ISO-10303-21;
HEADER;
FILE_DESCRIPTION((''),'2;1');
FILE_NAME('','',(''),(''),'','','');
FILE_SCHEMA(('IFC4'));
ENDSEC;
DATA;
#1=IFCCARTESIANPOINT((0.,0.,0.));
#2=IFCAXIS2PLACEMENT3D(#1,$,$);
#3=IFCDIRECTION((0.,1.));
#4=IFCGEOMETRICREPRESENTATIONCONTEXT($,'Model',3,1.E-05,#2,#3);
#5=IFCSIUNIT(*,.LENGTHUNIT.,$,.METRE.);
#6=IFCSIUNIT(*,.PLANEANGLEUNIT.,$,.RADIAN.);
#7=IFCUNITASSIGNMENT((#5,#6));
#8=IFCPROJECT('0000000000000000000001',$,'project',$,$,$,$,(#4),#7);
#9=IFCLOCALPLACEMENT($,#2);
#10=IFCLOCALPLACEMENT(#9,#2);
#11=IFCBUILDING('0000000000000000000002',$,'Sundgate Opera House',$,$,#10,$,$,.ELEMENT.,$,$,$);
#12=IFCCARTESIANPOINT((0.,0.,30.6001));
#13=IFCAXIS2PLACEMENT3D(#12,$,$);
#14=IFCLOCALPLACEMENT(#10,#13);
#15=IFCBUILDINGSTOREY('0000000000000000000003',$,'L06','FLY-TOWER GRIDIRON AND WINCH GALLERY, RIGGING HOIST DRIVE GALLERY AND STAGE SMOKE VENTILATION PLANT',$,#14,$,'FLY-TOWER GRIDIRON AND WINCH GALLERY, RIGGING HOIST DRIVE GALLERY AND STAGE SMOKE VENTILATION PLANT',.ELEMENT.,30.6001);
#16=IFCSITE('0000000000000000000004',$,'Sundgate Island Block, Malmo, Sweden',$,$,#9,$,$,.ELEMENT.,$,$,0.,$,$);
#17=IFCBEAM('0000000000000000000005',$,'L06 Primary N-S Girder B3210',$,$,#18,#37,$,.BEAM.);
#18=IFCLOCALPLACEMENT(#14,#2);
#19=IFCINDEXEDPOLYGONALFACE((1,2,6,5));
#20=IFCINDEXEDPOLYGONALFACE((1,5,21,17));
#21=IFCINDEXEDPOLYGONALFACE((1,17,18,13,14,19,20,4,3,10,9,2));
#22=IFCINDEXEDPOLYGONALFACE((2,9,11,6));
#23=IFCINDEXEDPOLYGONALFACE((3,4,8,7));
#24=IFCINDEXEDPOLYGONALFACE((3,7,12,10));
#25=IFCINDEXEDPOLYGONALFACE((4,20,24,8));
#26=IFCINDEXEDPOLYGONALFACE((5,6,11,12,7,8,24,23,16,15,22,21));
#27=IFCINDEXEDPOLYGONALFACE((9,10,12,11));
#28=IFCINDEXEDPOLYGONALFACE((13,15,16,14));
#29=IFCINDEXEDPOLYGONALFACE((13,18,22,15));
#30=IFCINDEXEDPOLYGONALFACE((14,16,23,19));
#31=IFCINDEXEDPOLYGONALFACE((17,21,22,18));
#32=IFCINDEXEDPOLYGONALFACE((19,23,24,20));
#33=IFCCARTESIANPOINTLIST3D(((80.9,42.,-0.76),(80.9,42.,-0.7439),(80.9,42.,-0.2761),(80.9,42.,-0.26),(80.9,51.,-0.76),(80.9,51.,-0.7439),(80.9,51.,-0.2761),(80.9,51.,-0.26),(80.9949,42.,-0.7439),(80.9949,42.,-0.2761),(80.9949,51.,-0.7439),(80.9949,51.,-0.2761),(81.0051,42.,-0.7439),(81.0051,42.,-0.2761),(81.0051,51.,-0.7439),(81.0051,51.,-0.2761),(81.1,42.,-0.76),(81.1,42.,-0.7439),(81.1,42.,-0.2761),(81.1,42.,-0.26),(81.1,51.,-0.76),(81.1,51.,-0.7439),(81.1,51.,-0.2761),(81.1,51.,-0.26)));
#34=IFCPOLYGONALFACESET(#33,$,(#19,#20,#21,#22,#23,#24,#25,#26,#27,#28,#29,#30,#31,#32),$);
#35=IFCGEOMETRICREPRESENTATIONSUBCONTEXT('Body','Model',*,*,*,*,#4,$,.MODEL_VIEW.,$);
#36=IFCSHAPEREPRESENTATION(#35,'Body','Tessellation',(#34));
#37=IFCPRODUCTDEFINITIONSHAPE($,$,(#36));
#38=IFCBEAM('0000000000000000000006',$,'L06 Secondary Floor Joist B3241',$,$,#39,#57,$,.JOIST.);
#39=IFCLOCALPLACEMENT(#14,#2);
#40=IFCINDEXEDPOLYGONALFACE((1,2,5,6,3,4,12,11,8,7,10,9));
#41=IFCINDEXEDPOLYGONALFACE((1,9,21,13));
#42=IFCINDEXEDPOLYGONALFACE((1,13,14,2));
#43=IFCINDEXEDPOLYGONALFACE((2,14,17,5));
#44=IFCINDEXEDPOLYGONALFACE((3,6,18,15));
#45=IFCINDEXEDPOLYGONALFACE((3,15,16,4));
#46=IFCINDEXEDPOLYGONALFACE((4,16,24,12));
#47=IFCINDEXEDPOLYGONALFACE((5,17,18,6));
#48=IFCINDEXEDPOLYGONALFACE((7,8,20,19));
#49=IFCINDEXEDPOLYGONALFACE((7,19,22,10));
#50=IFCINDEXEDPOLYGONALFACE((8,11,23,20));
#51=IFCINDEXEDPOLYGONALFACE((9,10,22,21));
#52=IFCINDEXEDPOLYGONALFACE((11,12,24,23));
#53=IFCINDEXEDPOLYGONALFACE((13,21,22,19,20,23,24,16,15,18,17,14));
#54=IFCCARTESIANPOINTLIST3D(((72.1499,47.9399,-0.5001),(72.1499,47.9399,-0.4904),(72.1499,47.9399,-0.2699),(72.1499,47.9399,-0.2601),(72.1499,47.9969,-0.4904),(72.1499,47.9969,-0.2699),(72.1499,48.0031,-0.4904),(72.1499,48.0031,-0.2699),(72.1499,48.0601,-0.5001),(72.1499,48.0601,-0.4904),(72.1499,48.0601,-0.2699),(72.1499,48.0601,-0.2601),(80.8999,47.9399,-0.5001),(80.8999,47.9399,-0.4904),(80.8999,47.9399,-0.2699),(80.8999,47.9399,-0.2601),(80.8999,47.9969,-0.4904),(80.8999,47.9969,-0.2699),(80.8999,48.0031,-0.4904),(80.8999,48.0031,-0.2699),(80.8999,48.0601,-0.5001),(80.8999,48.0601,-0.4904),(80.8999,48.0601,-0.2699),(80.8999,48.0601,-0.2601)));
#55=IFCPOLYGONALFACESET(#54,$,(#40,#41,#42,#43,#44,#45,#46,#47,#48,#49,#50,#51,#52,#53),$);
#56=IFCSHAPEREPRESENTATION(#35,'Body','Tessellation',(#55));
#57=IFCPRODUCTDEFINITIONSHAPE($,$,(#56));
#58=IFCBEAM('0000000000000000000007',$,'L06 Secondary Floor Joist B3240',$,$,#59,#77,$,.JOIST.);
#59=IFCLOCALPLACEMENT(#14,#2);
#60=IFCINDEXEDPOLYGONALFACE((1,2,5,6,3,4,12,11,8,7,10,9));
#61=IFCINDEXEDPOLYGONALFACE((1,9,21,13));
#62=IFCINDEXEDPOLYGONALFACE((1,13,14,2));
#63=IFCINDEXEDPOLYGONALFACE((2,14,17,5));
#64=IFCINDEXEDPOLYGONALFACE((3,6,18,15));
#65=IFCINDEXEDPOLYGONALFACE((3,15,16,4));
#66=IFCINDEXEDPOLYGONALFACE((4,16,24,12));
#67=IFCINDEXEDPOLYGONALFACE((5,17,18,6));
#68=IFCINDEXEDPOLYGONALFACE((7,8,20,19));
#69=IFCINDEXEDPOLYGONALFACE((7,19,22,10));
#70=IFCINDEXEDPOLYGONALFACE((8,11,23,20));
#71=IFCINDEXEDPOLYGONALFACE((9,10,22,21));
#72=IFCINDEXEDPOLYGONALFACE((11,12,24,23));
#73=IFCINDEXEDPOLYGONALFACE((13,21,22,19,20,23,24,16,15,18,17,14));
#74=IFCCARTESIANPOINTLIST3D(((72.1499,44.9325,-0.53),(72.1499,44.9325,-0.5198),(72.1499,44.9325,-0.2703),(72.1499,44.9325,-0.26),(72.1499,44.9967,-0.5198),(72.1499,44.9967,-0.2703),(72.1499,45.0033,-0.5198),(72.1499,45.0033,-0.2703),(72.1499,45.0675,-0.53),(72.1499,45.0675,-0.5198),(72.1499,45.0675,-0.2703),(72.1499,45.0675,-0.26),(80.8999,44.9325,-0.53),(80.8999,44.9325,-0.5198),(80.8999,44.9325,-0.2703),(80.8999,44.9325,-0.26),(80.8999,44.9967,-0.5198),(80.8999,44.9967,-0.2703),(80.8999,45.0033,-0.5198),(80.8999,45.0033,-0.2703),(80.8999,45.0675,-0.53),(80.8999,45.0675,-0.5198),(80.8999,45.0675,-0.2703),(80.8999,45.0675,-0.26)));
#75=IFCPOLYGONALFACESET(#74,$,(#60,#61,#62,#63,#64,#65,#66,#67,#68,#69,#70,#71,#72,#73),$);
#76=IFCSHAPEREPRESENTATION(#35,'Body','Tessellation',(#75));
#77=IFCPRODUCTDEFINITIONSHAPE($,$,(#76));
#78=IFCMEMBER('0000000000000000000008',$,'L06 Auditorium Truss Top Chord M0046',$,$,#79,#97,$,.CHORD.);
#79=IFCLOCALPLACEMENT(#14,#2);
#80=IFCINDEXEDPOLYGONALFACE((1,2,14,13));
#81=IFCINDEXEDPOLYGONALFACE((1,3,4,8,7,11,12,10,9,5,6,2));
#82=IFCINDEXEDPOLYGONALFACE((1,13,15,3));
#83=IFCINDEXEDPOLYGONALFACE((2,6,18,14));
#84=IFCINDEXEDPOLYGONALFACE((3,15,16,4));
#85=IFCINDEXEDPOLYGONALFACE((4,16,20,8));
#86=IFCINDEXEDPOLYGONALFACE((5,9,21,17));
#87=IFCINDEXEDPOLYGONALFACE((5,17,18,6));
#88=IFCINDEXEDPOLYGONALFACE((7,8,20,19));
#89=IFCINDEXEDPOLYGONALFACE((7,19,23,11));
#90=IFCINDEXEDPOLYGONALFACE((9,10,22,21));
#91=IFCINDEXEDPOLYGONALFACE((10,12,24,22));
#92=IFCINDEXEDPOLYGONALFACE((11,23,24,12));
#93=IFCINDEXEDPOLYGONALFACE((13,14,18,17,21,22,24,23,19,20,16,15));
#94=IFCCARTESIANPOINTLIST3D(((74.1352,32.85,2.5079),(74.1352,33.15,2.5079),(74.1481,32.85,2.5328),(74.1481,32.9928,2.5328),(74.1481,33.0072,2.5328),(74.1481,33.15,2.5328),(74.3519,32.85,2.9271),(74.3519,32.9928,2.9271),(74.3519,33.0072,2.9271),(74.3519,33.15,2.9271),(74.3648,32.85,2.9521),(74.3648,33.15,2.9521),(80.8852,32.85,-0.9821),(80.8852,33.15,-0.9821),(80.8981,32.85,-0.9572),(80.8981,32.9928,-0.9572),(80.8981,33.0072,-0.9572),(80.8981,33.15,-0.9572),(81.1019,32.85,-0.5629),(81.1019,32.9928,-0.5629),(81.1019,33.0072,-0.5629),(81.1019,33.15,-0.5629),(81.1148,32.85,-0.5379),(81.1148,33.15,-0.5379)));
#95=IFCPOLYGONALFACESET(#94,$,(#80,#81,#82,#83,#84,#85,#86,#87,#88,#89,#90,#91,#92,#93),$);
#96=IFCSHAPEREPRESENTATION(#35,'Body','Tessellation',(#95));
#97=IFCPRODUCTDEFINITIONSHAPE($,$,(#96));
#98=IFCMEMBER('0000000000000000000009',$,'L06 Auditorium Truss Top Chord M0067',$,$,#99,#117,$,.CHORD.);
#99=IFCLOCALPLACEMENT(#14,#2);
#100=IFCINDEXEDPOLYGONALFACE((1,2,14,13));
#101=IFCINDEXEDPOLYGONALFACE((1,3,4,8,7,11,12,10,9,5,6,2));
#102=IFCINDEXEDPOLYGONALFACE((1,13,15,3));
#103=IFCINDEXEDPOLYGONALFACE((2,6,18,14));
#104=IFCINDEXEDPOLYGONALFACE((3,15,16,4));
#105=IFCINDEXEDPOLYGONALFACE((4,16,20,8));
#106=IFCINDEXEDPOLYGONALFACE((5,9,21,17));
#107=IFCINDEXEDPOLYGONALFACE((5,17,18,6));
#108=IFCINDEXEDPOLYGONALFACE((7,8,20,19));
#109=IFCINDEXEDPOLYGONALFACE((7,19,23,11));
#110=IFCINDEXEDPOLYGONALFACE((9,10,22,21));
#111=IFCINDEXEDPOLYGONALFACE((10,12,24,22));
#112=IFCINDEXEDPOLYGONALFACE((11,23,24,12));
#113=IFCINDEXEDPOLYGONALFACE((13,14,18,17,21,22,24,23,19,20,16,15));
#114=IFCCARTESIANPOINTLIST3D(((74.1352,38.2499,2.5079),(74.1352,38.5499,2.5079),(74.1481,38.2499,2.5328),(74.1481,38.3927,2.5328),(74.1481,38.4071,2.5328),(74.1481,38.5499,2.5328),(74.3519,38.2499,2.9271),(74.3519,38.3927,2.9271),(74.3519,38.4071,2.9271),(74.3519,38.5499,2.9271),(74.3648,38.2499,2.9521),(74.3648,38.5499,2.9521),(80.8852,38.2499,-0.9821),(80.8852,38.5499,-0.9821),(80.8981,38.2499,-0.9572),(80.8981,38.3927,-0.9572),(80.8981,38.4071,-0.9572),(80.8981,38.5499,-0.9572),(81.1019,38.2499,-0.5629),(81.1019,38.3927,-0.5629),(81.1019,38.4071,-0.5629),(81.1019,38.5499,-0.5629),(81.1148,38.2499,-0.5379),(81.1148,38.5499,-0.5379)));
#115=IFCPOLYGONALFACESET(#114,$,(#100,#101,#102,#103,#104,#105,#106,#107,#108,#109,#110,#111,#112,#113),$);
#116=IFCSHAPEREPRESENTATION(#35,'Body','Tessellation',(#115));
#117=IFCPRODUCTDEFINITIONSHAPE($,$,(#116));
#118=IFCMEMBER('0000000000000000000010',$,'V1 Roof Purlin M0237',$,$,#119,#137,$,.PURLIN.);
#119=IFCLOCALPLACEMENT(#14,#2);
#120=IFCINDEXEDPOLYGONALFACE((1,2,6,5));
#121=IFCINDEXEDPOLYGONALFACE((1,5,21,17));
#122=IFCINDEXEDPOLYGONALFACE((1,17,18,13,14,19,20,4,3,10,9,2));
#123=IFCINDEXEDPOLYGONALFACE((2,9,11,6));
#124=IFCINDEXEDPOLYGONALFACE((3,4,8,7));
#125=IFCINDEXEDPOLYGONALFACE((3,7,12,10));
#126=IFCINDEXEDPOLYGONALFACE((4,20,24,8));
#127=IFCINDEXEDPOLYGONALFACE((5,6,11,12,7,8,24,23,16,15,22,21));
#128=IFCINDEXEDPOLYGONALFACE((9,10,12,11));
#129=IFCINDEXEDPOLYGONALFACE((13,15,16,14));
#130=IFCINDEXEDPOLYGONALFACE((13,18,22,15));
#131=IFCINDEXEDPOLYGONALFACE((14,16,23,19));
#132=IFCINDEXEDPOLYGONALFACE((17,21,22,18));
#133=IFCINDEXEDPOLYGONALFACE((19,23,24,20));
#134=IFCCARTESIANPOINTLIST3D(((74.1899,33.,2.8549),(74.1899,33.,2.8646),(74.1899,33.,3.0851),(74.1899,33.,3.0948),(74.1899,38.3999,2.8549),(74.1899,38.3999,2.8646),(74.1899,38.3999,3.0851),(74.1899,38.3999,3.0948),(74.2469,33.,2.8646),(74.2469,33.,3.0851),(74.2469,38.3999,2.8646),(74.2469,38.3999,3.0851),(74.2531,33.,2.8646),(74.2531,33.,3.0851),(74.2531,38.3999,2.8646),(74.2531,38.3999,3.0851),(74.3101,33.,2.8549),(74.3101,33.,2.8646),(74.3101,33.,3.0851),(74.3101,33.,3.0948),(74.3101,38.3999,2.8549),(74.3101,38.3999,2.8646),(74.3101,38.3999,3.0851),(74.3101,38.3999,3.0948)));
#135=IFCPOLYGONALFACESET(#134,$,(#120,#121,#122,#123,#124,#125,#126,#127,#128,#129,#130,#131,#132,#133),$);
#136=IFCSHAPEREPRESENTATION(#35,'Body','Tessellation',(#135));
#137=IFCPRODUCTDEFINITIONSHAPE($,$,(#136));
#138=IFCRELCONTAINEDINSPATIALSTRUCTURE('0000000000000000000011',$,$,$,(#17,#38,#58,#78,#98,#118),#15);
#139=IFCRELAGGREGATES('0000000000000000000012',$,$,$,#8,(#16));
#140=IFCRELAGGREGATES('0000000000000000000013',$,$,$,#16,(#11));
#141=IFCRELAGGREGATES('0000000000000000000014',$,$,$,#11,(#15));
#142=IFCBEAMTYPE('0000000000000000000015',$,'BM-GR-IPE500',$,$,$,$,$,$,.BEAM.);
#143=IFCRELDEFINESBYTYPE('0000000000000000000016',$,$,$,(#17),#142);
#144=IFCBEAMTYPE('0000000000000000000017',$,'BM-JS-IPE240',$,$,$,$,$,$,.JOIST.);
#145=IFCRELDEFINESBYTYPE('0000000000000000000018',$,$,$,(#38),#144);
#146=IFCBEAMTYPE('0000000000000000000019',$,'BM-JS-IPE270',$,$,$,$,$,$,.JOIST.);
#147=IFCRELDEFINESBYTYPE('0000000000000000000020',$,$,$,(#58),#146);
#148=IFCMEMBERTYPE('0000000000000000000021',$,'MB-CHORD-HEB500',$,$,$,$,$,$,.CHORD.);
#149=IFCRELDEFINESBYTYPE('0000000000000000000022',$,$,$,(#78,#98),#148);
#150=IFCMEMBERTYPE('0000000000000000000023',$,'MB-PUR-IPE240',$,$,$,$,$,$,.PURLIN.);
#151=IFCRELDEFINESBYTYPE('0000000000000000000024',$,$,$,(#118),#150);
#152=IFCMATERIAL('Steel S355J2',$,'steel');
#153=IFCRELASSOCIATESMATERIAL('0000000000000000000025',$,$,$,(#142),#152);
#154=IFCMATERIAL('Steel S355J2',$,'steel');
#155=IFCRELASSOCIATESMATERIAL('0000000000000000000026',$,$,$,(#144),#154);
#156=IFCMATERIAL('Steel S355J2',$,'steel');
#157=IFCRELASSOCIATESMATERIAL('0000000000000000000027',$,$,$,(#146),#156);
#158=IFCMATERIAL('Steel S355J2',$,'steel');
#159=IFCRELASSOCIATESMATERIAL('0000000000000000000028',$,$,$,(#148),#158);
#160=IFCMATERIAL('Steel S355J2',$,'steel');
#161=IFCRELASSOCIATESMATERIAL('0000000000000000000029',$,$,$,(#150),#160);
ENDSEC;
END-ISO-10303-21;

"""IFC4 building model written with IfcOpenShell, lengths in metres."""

from ifc_helpers import new_model, si_unit, direction, frame, origin, origin_2d, place, context, subcontext, project, spatial, i_section, extrude, material, material_profile, profile_set, type_object, element, save


model = new_model("IFC4")

# Units and contexts
model_context = context("Model", 3, precision=1e-05, world=origin(), true_north=direction((0.0, 1.0)))
body_context = subcontext(model_context, "Body", "Model", "MODEL_VIEW")
ifc_project = project(units=[si_unit("LENGTHUNIT", "METRE"), si_unit("PLANEANGLEUNIT", "RADIAN")], contexts=[model_context])

# Site, building, storey
site_placement = place(None, origin())
site = spatial("IfcSite", under=ifc_project, at=site_placement, Name="Sundgate Island Block, Malmo, Sweden", CompositionType="ELEMENT", RefElevation=0.0)
building_placement = place(site_placement, origin())
building = spatial("IfcBuilding", under=site, at=building_placement, Name="Sundgate Opera House", CompositionType="ELEMENT")
storey_placement = place(building_placement, frame((0.0, 0.0, 30.6001)))
storey = spatial("IfcBuildingStorey", under=building, at=storey_placement, Name="L06", Description="FLY-TOWER GRIDIRON AND WINCH GALLERY, RIGGING HOIST DRIVE GALLERY AND STAGE SMOKE VENTILATION PLANT", LongName="FLY-TOWER GRIDIRON AND WINCH GALLERY, RIGGING HOIST DRIVE GALLERY AND STAGE SMOKE VENTILATION PLANT", CompositionType="ELEMENT", Elevation=30.6001)

# Beams
ifc_material_1 = material(Name="Steel S355J2", Category="steel")
ifc_material_profile_1 = material_profile(ifc_material_1, i_section(OverallWidth=0.2, OverallDepth=0.5, WebThickness=0.0103, FlangeThickness=0.0161, at=origin_2d()), Name="IPE 500")
ifc_profile_set_1 = profile_set([ifc_material_profile_1], Name="Steel S355J2")
beam_type_1 = type_object("IfcBeamType", Name="BM-GR-IPE500", PredefinedType="BEAM", material=ifc_profile_set_1)
beam_1_placement = place(storey_placement, frame((81.0, 42.0, -0.51), z_axis=(0.0, 1.0, 0.0), x_axis=(-1.0, 0.0, 0.0)))
element("IfcBeam", 1, at=beam_1_placement, inside=storey, type_object=beam_type_1, Name="L06 Primary N-S Girder B3210", PredefinedType="BEAM", context=body_context, shape_type="SweptSolid", body=[
    extrude(i_section(OverallWidth=0.2, OverallDepth=0.5, WebThickness=0.0103, FlangeThickness=0.0161, at=origin_2d()), origin(), (0.0, 0.0, 1.0), 9.0),
])
ifc_material_2 = material(Name="Steel S355J2", Category="steel")
ifc_material_profile_2 = material_profile(ifc_material_2, i_section(OverallWidth=0.1201, OverallDepth=0.24, WebThickness=0.0061, FlangeThickness=0.0098, at=origin_2d()), Name="IPE 240")
ifc_profile_set_2 = profile_set([ifc_material_profile_2], Name="Steel S355J2")
beam_type_2 = type_object("IfcBeamType", Name="BM-JS-IPE240", PredefinedType="JOIST", material=ifc_profile_set_2)
beam_2_placement = place(storey_placement, frame((72.1499, 48.0, -0.3801), z_axis=(1.0, 0.0, 0.0), x_axis=(0.0, 1.0, 0.0)))
element("IfcBeam", 2, at=beam_2_placement, inside=storey, type_object=beam_type_2, Name="L06 Secondary Floor Joist B3241", PredefinedType="JOIST", context=body_context, shape_type="SweptSolid", body=[
    extrude(i_section(OverallWidth=0.1201, OverallDepth=0.24, WebThickness=0.0061, FlangeThickness=0.0098, at=origin_2d()), origin(), (0.0, 0.0, 1.0), 8.75),
])
ifc_material_3 = material(Name="Steel S355J2", Category="steel")
ifc_material_profile_3 = material_profile(ifc_material_3, i_section(OverallWidth=0.135, OverallDepth=0.27, WebThickness=0.0066, FlangeThickness=0.0103, at=origin_2d()), Name="IPE 270")
ifc_profile_set_3 = profile_set([ifc_material_profile_3], Name="Steel S355J2")
beam_type_3 = type_object("IfcBeamType", Name="BM-JS-IPE270", PredefinedType="JOIST", material=ifc_profile_set_3)
beam_3_placement = place(storey_placement, frame((72.1499, 45.0, -0.395), z_axis=(1.0, 0.0, 0.0), x_axis=(0.0, 1.0, 0.0)))
element("IfcBeam", 3, at=beam_3_placement, inside=storey, type_object=beam_type_3, Name="L06 Secondary Floor Joist B3240", PredefinedType="JOIST", context=body_context, shape_type="SweptSolid", body=[
    extrude(i_section(OverallWidth=0.135, OverallDepth=0.27, WebThickness=0.0066, FlangeThickness=0.0103, at=origin_2d()), origin(), (0.0, 0.0, 1.0), 8.75),
])

# Members
ifc_material_4 = material(Name="Steel S355J2", Category="steel")
ifc_material_profile_4 = material_profile(ifc_material_4, i_section(OverallWidth=0.3, OverallDepth=0.5, WebThickness=0.0144, FlangeThickness=0.0281, at=origin_2d()), Name="HEB 500")
ifc_profile_set_4 = profile_set([ifc_material_profile_4], Name="Steel S355J2")
member_type_1 = type_object("IfcMemberType", Name="MB-CHORD-HEB500", PredefinedType="CHORD", material=ifc_profile_set_4)
for number, where, z_axis, x_axis, name in (
    (4, (74.25, 33.0, 2.73), (0.888292, 0.0, -0.459279), (0.0, 1.0, 0.0), "L06 Auditorium Truss Top Chord M0046"),
    (5, (74.25, 38.3999, 2.73), (0.888292, 0.0, -0.459279), (0.0, 1.0, 0.0), "L06 Auditorium Truss Top Chord M0067"),
):
    element("IfcMember", number, at=place(storey_placement, frame(where, z_axis=z_axis, x_axis=x_axis)), inside=storey, type_object=member_type_1, Name=name, PredefinedType="CHORD", context=body_context, shape_type="SweptSolid", body=[
        extrude(i_section(OverallWidth=0.3, OverallDepth=0.5, WebThickness=0.0144, FlangeThickness=0.0281, at=origin_2d()), origin(), (0.0, 0.0, 1.0), 7.5989),
    ])
ifc_material_5 = material(Name="Steel S355J2", Category="steel")
ifc_material_profile_5 = material_profile(ifc_material_5, i_section(OverallWidth=0.1201, OverallDepth=0.24, WebThickness=0.0061, FlangeThickness=0.0098, at=origin_2d()), Name="IPE 240")
ifc_profile_set_5 = profile_set([ifc_material_profile_5], Name="Steel S355J2")
member_type_2 = type_object("IfcMemberType", Name="MB-PUR-IPE240", PredefinedType="PURLIN", material=ifc_profile_set_5)
member_placement = place(storey_placement, frame((74.25, 33.0, 2.9749), z_axis=(0.0, 1.0, 0.0), x_axis=(-1.0, 0.0, 0.0)))
element("IfcMember", 6, at=member_placement, inside=storey, type_object=member_type_2, Name="V1 Roof Purlin M0237", PredefinedType="PURLIN", context=body_context, shape_type="SweptSolid", body=[
    extrude(i_section(OverallWidth=0.1201, OverallDepth=0.24, WebThickness=0.0061, FlangeThickness=0.0098, at=origin_2d()), origin(), (0.0, 0.0, 1.0), 5.3999),
])

save(model, "model.ifc")
